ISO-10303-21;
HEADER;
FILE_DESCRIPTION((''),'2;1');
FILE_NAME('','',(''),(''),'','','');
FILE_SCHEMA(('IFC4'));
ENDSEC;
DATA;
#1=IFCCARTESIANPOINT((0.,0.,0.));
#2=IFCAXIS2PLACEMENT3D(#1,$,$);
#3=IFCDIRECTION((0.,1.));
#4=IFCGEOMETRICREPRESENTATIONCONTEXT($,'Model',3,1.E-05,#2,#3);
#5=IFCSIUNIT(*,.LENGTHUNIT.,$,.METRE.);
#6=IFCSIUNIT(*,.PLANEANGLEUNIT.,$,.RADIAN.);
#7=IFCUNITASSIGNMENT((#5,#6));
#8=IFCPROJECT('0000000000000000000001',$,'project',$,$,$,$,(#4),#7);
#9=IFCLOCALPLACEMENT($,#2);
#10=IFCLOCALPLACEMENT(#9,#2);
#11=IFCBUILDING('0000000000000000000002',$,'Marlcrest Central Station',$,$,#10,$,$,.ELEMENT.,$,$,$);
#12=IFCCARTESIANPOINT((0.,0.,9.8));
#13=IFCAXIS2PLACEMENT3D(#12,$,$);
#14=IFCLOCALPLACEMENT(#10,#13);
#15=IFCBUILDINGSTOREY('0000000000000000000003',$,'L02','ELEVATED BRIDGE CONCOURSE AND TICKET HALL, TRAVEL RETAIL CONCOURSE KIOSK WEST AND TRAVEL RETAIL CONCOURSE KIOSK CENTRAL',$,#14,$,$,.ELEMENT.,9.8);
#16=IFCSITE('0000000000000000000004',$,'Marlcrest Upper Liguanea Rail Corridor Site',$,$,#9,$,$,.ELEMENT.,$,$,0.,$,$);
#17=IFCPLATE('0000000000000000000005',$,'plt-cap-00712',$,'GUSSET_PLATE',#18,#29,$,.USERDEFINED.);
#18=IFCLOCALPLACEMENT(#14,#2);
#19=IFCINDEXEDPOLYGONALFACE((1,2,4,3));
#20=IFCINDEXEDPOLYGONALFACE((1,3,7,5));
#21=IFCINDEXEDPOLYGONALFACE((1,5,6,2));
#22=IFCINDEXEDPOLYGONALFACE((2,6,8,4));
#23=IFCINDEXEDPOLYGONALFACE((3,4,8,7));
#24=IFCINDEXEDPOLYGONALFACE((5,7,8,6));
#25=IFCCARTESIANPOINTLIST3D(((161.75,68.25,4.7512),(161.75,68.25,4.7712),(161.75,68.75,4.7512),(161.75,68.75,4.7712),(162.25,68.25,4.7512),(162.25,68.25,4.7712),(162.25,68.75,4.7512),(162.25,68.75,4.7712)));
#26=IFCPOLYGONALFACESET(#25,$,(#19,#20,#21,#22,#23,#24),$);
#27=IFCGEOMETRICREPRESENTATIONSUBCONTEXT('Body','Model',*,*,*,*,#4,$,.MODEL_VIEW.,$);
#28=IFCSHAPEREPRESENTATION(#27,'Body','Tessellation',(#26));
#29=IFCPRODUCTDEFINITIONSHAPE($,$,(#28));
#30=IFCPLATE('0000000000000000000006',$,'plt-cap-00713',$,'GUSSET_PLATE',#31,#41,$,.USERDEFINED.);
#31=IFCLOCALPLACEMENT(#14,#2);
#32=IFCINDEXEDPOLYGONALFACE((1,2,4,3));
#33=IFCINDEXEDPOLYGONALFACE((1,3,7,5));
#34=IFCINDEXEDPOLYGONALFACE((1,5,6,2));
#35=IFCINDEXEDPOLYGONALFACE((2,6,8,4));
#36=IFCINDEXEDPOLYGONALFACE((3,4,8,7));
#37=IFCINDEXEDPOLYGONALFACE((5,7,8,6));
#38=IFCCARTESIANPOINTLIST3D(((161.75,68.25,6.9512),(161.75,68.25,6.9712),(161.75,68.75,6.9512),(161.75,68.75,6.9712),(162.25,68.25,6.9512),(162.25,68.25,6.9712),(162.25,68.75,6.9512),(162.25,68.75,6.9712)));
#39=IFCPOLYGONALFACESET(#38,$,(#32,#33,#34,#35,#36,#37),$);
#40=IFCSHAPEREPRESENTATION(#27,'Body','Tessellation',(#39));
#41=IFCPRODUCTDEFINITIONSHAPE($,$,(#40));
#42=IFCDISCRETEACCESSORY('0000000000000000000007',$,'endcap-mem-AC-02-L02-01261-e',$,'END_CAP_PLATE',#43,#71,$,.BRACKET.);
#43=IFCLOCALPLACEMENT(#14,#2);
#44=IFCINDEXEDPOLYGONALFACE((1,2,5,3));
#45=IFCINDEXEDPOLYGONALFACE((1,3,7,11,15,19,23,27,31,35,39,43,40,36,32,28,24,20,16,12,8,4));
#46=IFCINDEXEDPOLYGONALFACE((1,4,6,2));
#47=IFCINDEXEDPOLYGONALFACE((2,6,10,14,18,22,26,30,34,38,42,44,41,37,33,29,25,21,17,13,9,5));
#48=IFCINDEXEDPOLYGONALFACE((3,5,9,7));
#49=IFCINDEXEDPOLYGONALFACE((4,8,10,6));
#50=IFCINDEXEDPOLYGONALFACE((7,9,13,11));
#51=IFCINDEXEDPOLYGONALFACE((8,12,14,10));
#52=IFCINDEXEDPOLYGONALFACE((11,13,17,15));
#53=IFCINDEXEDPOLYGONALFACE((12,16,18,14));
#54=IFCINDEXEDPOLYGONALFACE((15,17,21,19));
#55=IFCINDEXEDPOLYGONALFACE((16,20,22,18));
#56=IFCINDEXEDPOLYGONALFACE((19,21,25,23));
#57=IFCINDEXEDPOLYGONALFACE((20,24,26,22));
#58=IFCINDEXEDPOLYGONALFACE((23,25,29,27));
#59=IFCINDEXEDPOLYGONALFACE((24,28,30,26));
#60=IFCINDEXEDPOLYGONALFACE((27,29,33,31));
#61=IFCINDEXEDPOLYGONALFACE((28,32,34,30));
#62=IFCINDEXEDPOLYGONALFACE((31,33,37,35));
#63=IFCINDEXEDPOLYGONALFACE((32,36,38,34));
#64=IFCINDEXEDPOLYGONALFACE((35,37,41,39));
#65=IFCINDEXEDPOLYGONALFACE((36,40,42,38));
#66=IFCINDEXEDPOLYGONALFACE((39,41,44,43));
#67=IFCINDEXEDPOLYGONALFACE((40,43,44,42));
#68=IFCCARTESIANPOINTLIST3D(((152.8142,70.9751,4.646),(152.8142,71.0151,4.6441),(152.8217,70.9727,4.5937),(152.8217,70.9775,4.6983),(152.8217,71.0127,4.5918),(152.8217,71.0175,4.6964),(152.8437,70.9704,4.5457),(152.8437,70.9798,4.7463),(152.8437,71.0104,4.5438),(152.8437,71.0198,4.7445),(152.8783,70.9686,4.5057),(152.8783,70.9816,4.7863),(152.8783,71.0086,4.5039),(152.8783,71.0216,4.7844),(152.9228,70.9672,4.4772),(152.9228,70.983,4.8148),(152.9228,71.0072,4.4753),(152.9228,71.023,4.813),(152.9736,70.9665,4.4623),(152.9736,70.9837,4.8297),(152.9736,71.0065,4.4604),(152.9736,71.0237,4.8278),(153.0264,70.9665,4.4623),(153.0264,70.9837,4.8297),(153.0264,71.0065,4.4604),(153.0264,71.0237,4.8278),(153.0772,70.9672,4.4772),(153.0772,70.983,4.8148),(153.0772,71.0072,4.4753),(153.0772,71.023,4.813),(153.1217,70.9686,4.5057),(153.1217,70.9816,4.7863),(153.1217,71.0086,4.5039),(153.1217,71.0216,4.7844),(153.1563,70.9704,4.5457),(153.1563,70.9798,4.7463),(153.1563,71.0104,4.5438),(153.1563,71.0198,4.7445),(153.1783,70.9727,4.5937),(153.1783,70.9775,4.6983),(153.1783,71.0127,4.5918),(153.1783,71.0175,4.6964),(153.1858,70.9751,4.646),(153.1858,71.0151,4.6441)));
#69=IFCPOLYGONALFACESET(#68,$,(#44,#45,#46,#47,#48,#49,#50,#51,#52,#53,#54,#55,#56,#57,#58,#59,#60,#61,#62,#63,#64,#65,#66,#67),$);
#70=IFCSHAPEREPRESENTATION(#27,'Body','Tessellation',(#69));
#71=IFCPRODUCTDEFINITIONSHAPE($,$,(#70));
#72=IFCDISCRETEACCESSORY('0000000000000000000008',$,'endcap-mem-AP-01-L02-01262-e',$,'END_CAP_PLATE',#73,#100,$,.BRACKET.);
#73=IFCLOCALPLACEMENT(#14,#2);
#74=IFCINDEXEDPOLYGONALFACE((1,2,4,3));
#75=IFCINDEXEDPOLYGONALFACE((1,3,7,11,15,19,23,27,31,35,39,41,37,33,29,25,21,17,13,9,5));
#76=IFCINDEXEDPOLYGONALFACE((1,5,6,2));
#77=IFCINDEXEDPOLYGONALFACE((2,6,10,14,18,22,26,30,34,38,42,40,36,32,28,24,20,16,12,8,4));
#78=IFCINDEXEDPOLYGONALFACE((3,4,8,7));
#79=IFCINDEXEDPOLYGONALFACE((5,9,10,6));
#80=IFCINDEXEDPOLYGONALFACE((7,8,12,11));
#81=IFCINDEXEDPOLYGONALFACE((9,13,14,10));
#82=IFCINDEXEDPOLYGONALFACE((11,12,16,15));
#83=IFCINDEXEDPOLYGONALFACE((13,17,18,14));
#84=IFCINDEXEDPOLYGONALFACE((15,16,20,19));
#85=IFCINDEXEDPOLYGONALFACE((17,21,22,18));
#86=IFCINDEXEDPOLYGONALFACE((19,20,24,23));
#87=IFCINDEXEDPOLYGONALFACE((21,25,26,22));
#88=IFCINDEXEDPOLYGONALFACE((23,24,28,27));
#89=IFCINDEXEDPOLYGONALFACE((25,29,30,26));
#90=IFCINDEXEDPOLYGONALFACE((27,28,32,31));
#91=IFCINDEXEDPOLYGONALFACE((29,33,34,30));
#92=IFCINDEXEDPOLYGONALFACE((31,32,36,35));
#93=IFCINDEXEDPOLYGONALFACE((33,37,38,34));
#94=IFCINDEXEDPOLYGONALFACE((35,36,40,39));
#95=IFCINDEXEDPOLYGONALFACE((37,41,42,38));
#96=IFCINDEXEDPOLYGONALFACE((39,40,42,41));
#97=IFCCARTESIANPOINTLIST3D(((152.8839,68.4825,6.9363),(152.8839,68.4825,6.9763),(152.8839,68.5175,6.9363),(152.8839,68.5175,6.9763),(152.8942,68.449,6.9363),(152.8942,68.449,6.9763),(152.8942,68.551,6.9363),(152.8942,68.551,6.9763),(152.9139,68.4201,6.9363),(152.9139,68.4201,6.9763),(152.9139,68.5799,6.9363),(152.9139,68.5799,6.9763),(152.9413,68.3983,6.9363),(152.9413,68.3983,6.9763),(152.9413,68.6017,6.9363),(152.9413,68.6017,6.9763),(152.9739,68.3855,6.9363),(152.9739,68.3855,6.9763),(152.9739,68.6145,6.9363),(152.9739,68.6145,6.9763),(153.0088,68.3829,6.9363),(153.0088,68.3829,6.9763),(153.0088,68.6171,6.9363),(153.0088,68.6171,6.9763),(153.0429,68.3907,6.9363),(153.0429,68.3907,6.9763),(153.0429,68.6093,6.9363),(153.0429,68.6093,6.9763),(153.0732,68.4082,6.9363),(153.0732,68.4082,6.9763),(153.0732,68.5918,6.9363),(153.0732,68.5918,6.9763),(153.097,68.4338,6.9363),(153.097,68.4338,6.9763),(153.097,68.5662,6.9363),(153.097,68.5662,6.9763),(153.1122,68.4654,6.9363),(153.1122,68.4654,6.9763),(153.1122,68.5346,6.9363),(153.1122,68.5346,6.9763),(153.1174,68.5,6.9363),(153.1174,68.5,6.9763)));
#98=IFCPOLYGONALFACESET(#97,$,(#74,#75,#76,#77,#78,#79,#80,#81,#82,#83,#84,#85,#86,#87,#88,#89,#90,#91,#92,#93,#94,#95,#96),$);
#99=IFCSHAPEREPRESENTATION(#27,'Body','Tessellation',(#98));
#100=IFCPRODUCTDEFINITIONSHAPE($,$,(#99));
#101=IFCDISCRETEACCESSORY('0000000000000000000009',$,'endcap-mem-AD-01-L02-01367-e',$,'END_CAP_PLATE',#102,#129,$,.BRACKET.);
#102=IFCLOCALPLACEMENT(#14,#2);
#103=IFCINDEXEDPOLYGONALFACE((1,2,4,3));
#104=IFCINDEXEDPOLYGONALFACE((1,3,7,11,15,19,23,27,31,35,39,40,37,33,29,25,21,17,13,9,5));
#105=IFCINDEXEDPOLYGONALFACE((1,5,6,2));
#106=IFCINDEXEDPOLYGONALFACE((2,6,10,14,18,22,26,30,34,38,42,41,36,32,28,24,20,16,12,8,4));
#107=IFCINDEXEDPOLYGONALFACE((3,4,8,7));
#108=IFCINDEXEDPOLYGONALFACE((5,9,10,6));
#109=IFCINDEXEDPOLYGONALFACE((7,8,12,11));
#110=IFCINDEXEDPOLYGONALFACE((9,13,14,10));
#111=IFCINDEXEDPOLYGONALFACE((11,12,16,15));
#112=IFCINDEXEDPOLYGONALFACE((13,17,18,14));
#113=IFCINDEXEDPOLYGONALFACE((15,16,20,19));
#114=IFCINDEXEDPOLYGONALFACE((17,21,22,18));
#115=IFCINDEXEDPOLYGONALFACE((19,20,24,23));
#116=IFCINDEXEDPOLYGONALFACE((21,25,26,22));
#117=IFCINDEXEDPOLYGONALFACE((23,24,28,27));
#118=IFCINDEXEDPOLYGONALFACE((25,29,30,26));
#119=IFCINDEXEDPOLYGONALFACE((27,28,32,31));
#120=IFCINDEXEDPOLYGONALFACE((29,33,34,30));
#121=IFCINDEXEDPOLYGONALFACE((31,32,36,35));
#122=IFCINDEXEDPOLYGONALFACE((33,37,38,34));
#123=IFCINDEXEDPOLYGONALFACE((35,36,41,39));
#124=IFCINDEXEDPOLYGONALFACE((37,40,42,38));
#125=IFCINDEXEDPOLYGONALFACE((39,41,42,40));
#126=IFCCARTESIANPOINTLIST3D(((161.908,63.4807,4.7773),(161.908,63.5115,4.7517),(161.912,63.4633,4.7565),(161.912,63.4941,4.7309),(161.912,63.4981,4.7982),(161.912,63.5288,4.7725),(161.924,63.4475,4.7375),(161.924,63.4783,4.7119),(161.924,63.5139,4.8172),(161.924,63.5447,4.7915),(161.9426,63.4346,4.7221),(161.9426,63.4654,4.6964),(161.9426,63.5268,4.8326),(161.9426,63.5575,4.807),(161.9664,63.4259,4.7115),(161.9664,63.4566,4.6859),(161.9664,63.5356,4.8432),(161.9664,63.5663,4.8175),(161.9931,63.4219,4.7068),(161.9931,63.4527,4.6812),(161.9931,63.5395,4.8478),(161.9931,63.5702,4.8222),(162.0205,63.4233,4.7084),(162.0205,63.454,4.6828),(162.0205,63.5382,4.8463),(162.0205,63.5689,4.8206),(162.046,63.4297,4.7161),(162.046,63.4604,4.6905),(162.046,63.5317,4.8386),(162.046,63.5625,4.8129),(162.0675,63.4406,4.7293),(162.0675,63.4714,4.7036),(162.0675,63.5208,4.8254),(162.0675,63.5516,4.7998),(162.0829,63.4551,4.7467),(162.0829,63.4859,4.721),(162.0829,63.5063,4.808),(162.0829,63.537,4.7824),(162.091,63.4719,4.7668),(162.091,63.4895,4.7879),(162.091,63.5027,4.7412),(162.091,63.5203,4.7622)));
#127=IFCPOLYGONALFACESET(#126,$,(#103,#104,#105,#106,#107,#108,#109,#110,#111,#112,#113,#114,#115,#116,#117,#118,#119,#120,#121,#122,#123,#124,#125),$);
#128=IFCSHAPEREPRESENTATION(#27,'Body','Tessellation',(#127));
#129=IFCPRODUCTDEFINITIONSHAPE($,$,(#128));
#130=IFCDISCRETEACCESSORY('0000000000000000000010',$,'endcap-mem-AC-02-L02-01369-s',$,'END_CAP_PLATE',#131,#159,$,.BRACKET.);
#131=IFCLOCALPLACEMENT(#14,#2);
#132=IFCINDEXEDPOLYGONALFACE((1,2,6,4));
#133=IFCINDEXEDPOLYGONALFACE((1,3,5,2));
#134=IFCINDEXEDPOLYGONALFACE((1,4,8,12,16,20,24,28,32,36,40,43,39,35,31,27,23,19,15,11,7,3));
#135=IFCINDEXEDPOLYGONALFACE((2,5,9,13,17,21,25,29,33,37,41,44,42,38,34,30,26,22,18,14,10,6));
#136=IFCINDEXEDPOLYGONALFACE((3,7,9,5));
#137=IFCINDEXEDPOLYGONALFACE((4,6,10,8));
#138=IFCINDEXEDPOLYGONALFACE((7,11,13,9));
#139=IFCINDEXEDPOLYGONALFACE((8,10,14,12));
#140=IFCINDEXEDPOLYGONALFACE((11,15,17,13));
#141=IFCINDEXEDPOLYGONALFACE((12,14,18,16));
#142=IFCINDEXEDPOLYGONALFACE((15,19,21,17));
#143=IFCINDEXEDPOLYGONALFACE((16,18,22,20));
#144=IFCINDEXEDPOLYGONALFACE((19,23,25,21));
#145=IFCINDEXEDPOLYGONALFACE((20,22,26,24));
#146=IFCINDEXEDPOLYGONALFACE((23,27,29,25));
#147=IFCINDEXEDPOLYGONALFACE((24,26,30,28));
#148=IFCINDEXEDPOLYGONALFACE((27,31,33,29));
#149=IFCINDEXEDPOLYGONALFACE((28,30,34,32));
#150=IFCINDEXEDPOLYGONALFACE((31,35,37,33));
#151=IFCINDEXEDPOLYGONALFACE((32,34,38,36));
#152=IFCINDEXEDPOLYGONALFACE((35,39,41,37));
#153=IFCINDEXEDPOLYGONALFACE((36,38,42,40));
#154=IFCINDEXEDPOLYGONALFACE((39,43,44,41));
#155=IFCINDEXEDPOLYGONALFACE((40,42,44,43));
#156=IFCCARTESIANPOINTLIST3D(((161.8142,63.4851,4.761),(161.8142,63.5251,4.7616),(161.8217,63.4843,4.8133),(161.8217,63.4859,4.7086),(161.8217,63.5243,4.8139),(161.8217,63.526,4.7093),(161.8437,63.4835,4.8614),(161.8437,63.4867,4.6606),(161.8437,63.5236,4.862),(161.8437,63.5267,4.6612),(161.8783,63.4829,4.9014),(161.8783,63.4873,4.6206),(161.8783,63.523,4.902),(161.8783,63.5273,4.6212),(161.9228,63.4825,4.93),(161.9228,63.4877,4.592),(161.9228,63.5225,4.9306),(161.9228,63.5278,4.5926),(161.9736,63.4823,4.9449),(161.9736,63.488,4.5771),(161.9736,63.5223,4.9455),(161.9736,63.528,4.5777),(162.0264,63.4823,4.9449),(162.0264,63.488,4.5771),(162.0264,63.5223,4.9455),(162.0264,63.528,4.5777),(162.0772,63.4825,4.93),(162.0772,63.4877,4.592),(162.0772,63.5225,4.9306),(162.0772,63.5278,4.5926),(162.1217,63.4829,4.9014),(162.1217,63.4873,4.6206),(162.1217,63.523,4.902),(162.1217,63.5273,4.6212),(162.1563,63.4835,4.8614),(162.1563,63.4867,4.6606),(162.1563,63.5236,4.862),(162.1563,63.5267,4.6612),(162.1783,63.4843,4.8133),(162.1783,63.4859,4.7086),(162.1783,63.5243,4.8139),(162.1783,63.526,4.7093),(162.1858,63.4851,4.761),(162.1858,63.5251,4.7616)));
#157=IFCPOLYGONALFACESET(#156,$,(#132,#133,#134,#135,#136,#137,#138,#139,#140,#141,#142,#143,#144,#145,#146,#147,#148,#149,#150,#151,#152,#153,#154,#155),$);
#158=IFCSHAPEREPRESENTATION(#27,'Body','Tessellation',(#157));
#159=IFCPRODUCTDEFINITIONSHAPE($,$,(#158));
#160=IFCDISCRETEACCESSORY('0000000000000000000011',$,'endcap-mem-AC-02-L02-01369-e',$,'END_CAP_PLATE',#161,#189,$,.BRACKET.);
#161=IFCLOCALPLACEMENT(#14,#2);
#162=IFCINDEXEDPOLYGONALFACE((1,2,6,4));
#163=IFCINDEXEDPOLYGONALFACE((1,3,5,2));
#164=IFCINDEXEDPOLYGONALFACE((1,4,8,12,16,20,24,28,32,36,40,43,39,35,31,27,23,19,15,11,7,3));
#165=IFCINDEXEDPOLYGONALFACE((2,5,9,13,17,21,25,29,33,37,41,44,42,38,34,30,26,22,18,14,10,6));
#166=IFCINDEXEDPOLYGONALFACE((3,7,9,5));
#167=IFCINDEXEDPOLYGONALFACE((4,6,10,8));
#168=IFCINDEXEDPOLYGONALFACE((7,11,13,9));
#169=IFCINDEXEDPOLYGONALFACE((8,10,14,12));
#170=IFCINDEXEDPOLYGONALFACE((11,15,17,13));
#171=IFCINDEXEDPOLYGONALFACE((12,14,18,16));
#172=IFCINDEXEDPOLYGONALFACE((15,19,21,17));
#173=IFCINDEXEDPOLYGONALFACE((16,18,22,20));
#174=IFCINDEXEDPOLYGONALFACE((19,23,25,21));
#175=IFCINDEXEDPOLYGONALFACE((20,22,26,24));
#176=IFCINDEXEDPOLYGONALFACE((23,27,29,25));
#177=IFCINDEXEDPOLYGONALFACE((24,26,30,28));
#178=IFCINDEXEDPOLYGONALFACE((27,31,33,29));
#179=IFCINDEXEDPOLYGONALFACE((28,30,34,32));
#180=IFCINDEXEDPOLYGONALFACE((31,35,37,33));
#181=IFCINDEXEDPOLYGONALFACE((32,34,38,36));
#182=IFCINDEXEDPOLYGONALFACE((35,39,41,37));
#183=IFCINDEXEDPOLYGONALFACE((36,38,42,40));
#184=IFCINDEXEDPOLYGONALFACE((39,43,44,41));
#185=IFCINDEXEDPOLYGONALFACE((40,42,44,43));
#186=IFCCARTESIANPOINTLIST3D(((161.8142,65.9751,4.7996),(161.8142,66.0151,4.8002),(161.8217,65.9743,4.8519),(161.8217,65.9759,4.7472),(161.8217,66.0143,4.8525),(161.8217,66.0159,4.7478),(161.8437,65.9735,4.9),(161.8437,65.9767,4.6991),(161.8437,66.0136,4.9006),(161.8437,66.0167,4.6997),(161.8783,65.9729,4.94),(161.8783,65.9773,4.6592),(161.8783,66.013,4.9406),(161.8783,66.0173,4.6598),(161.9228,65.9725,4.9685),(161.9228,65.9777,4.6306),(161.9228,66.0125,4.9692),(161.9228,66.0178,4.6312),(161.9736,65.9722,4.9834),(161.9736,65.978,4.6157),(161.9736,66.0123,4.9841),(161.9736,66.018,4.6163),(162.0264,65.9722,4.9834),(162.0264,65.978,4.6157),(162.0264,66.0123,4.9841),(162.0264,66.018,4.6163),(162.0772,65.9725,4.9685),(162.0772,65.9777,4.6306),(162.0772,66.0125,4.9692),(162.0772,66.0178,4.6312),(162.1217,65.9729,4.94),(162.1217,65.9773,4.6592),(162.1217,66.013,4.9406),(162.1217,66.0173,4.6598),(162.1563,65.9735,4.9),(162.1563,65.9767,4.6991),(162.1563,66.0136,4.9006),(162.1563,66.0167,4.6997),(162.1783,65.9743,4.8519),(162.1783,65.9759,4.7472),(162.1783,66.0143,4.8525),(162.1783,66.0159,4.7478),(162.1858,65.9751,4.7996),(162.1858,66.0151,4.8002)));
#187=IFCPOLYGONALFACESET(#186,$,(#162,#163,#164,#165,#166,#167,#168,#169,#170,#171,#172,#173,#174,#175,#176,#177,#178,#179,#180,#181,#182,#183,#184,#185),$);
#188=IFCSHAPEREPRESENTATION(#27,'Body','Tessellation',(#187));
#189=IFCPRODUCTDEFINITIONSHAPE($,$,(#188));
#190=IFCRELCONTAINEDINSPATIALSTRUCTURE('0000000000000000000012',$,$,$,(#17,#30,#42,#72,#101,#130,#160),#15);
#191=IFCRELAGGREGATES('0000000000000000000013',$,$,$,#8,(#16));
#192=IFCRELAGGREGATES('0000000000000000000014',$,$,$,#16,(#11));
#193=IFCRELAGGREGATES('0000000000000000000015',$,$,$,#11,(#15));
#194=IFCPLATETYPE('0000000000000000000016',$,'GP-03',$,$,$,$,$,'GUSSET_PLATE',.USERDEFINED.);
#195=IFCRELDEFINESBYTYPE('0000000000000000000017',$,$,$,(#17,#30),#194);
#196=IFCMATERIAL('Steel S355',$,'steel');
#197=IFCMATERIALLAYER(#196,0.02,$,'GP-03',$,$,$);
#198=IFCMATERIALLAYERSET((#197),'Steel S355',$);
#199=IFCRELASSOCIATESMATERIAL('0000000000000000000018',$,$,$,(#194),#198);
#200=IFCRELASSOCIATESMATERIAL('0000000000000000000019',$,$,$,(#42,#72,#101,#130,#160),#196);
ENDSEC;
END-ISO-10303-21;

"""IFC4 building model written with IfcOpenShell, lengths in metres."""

from ifc_helpers import new_model, si_unit, direction, frame, origin, origin_2d, place, context, subcontext, project, spatial, rectangle, circle, extrude, material, layer, layer_set, type_object, element, save


model = new_model("IFC4")

# Units and contexts
model_context = context("Model", 3, precision=1e-05, world=origin(), true_north=direction((0.0, 1.0)))
body_context = subcontext(model_context, "Body", "Model", "MODEL_VIEW")
ifc_project = project(units=[si_unit("LENGTHUNIT", "METRE"), si_unit("PLANEANGLEUNIT", "RADIAN")], contexts=[model_context])

# Site, building, storey
site_placement = place(None, origin())
site = spatial("IfcSite", under=ifc_project, at=site_placement, Name="Marlcrest Upper Liguanea Rail Corridor Site", CompositionType="ELEMENT", RefElevation=0.0)
building_placement = place(site_placement, origin())
building = spatial("IfcBuilding", under=site, at=building_placement, Name="Marlcrest Central Station", CompositionType="ELEMENT")
storey_placement = place(building_placement, frame((0.0, 0.0, 9.8)))
storey = spatial("IfcBuildingStorey", under=building, at=storey_placement, Name="L02", Description="ELEVATED BRIDGE CONCOURSE AND TICKET HALL, TRAVEL RETAIL CONCOURSE KIOSK WEST AND TRAVEL RETAIL CONCOURSE KIOSK CENTRAL", CompositionType="ELEMENT", Elevation=9.8)

# Shared definitions
ifc_material = material(Name="Steel S355", Category="steel")

# Plates
ifc_layer = layer(ifc_material, 0.02, Name="GP-03")
ifc_layer_set = layer_set([ifc_layer], Name="Steel S355")
plate_type = type_object("IfcPlateType", Name="GP-03", ElementType="GUSSET_PLATE", PredefinedType="USERDEFINED", material=ifc_layer_set)
for number, where, z_axis, x_axis, name in (
    (1, (162.0, 68.5, 4.7512), (0.0, 0.0, 1.0), (1.0, 0.0, 0.0), "plt-cap-00712"),
    (2, (162.0, 68.5, 6.9512), (0.0, 0.0, 1.0), (1.0, 0.0, 0.0), "plt-cap-00713"),
):
    element("IfcPlate", number, at=place(storey_placement, frame(where, z_axis=z_axis, x_axis=x_axis)), inside=storey, type_object=plate_type, Name=name, ObjectType="GUSSET_PLATE", PredefinedType="USERDEFINED", context=body_context, shape_type="SweptSolid", body=[
        extrude(rectangle(XDim=0.5, YDim=0.5, at=origin_2d()), origin(), (0.0, 0.0, 1.0), 0.02),
    ])

# Discrete accessories
discrete_accessory_1_placement = place(storey_placement, frame((153.0, 70.9751, 4.646), z_axis=(0.0, 0.998917, -0.046532), x_axis=(-1.0, 0.0, 0.0)))
element("IfcDiscreteAccessory", 3, at=discrete_accessory_1_placement, inside=storey, material=ifc_material, Name="endcap-mem-AC-02-L02-01261-e", ObjectType="END_CAP_PLATE", PredefinedType="BRACKET", context=body_context, shape_type="SweptSolid", body=[
    extrude(circle(Radius=0.1858, at=origin_2d()), origin(), (0.0, 0.0, 1.0), 0.04),
])
discrete_accessory_2_placement = place(storey_placement, frame((153.0, 68.5, 6.9363), z_axis=(0.0, 0.0, 1.0), x_axis=(1.0, 0.0, 0.0)))
element("IfcDiscreteAccessory", 4, at=discrete_accessory_2_placement, inside=storey, material=ifc_material, Name="endcap-mem-AP-01-L02-01262-e", ObjectType="END_CAP_PLATE", PredefinedType="BRACKET", context=body_context, shape_type="SweptSolid", body=[
    extrude(circle(Radius=0.1174, at=origin_2d()), origin(), (0.0, 0.0, 1.0), 0.04),
])
discrete_accessory_3_placement = place(storey_placement, frame((162.0, 63.4807, 4.7773), z_axis=(0.0, 0.76816, -0.640258), x_axis=(-1.0, 0.0, 0.0)))
element("IfcDiscreteAccessory", 5, at=discrete_accessory_3_placement, inside=storey, material=ifc_material, Name="endcap-mem-AD-01-L02-01367-e", ObjectType="END_CAP_PLATE", PredefinedType="BRACKET", context=body_context, shape_type="SweptSolid", body=[
    extrude(circle(Radius=0.092, at=origin_2d()), origin(), (0.0, 0.0, 1.0), 0.04),
])
for number, where, z_axis, x_axis, name in (
    (6, (162.0, 63.4851, 4.761), (0.0, 0.999879, 0.015525), (-1.0, 0.0, 0.0), "endcap-mem-AC-02-L02-01369-s"),
    (7, (162.0, 65.9751, 4.7996), (0.0, 0.999879, 0.015525), (-1.0, 0.0, 0.0), "endcap-mem-AC-02-L02-01369-e"),
):
    element("IfcDiscreteAccessory", number, at=place(storey_placement, frame(where, z_axis=z_axis, x_axis=x_axis)), inside=storey, material=ifc_material, Name=name, ObjectType="END_CAP_PLATE", PredefinedType="BRACKET", context=body_context, shape_type="SweptSolid", body=[
        extrude(circle(Radius=0.1858, at=origin_2d()), origin(), (0.0, 0.0, 1.0), 0.04),
    ])

save(model, "model.ifc")
